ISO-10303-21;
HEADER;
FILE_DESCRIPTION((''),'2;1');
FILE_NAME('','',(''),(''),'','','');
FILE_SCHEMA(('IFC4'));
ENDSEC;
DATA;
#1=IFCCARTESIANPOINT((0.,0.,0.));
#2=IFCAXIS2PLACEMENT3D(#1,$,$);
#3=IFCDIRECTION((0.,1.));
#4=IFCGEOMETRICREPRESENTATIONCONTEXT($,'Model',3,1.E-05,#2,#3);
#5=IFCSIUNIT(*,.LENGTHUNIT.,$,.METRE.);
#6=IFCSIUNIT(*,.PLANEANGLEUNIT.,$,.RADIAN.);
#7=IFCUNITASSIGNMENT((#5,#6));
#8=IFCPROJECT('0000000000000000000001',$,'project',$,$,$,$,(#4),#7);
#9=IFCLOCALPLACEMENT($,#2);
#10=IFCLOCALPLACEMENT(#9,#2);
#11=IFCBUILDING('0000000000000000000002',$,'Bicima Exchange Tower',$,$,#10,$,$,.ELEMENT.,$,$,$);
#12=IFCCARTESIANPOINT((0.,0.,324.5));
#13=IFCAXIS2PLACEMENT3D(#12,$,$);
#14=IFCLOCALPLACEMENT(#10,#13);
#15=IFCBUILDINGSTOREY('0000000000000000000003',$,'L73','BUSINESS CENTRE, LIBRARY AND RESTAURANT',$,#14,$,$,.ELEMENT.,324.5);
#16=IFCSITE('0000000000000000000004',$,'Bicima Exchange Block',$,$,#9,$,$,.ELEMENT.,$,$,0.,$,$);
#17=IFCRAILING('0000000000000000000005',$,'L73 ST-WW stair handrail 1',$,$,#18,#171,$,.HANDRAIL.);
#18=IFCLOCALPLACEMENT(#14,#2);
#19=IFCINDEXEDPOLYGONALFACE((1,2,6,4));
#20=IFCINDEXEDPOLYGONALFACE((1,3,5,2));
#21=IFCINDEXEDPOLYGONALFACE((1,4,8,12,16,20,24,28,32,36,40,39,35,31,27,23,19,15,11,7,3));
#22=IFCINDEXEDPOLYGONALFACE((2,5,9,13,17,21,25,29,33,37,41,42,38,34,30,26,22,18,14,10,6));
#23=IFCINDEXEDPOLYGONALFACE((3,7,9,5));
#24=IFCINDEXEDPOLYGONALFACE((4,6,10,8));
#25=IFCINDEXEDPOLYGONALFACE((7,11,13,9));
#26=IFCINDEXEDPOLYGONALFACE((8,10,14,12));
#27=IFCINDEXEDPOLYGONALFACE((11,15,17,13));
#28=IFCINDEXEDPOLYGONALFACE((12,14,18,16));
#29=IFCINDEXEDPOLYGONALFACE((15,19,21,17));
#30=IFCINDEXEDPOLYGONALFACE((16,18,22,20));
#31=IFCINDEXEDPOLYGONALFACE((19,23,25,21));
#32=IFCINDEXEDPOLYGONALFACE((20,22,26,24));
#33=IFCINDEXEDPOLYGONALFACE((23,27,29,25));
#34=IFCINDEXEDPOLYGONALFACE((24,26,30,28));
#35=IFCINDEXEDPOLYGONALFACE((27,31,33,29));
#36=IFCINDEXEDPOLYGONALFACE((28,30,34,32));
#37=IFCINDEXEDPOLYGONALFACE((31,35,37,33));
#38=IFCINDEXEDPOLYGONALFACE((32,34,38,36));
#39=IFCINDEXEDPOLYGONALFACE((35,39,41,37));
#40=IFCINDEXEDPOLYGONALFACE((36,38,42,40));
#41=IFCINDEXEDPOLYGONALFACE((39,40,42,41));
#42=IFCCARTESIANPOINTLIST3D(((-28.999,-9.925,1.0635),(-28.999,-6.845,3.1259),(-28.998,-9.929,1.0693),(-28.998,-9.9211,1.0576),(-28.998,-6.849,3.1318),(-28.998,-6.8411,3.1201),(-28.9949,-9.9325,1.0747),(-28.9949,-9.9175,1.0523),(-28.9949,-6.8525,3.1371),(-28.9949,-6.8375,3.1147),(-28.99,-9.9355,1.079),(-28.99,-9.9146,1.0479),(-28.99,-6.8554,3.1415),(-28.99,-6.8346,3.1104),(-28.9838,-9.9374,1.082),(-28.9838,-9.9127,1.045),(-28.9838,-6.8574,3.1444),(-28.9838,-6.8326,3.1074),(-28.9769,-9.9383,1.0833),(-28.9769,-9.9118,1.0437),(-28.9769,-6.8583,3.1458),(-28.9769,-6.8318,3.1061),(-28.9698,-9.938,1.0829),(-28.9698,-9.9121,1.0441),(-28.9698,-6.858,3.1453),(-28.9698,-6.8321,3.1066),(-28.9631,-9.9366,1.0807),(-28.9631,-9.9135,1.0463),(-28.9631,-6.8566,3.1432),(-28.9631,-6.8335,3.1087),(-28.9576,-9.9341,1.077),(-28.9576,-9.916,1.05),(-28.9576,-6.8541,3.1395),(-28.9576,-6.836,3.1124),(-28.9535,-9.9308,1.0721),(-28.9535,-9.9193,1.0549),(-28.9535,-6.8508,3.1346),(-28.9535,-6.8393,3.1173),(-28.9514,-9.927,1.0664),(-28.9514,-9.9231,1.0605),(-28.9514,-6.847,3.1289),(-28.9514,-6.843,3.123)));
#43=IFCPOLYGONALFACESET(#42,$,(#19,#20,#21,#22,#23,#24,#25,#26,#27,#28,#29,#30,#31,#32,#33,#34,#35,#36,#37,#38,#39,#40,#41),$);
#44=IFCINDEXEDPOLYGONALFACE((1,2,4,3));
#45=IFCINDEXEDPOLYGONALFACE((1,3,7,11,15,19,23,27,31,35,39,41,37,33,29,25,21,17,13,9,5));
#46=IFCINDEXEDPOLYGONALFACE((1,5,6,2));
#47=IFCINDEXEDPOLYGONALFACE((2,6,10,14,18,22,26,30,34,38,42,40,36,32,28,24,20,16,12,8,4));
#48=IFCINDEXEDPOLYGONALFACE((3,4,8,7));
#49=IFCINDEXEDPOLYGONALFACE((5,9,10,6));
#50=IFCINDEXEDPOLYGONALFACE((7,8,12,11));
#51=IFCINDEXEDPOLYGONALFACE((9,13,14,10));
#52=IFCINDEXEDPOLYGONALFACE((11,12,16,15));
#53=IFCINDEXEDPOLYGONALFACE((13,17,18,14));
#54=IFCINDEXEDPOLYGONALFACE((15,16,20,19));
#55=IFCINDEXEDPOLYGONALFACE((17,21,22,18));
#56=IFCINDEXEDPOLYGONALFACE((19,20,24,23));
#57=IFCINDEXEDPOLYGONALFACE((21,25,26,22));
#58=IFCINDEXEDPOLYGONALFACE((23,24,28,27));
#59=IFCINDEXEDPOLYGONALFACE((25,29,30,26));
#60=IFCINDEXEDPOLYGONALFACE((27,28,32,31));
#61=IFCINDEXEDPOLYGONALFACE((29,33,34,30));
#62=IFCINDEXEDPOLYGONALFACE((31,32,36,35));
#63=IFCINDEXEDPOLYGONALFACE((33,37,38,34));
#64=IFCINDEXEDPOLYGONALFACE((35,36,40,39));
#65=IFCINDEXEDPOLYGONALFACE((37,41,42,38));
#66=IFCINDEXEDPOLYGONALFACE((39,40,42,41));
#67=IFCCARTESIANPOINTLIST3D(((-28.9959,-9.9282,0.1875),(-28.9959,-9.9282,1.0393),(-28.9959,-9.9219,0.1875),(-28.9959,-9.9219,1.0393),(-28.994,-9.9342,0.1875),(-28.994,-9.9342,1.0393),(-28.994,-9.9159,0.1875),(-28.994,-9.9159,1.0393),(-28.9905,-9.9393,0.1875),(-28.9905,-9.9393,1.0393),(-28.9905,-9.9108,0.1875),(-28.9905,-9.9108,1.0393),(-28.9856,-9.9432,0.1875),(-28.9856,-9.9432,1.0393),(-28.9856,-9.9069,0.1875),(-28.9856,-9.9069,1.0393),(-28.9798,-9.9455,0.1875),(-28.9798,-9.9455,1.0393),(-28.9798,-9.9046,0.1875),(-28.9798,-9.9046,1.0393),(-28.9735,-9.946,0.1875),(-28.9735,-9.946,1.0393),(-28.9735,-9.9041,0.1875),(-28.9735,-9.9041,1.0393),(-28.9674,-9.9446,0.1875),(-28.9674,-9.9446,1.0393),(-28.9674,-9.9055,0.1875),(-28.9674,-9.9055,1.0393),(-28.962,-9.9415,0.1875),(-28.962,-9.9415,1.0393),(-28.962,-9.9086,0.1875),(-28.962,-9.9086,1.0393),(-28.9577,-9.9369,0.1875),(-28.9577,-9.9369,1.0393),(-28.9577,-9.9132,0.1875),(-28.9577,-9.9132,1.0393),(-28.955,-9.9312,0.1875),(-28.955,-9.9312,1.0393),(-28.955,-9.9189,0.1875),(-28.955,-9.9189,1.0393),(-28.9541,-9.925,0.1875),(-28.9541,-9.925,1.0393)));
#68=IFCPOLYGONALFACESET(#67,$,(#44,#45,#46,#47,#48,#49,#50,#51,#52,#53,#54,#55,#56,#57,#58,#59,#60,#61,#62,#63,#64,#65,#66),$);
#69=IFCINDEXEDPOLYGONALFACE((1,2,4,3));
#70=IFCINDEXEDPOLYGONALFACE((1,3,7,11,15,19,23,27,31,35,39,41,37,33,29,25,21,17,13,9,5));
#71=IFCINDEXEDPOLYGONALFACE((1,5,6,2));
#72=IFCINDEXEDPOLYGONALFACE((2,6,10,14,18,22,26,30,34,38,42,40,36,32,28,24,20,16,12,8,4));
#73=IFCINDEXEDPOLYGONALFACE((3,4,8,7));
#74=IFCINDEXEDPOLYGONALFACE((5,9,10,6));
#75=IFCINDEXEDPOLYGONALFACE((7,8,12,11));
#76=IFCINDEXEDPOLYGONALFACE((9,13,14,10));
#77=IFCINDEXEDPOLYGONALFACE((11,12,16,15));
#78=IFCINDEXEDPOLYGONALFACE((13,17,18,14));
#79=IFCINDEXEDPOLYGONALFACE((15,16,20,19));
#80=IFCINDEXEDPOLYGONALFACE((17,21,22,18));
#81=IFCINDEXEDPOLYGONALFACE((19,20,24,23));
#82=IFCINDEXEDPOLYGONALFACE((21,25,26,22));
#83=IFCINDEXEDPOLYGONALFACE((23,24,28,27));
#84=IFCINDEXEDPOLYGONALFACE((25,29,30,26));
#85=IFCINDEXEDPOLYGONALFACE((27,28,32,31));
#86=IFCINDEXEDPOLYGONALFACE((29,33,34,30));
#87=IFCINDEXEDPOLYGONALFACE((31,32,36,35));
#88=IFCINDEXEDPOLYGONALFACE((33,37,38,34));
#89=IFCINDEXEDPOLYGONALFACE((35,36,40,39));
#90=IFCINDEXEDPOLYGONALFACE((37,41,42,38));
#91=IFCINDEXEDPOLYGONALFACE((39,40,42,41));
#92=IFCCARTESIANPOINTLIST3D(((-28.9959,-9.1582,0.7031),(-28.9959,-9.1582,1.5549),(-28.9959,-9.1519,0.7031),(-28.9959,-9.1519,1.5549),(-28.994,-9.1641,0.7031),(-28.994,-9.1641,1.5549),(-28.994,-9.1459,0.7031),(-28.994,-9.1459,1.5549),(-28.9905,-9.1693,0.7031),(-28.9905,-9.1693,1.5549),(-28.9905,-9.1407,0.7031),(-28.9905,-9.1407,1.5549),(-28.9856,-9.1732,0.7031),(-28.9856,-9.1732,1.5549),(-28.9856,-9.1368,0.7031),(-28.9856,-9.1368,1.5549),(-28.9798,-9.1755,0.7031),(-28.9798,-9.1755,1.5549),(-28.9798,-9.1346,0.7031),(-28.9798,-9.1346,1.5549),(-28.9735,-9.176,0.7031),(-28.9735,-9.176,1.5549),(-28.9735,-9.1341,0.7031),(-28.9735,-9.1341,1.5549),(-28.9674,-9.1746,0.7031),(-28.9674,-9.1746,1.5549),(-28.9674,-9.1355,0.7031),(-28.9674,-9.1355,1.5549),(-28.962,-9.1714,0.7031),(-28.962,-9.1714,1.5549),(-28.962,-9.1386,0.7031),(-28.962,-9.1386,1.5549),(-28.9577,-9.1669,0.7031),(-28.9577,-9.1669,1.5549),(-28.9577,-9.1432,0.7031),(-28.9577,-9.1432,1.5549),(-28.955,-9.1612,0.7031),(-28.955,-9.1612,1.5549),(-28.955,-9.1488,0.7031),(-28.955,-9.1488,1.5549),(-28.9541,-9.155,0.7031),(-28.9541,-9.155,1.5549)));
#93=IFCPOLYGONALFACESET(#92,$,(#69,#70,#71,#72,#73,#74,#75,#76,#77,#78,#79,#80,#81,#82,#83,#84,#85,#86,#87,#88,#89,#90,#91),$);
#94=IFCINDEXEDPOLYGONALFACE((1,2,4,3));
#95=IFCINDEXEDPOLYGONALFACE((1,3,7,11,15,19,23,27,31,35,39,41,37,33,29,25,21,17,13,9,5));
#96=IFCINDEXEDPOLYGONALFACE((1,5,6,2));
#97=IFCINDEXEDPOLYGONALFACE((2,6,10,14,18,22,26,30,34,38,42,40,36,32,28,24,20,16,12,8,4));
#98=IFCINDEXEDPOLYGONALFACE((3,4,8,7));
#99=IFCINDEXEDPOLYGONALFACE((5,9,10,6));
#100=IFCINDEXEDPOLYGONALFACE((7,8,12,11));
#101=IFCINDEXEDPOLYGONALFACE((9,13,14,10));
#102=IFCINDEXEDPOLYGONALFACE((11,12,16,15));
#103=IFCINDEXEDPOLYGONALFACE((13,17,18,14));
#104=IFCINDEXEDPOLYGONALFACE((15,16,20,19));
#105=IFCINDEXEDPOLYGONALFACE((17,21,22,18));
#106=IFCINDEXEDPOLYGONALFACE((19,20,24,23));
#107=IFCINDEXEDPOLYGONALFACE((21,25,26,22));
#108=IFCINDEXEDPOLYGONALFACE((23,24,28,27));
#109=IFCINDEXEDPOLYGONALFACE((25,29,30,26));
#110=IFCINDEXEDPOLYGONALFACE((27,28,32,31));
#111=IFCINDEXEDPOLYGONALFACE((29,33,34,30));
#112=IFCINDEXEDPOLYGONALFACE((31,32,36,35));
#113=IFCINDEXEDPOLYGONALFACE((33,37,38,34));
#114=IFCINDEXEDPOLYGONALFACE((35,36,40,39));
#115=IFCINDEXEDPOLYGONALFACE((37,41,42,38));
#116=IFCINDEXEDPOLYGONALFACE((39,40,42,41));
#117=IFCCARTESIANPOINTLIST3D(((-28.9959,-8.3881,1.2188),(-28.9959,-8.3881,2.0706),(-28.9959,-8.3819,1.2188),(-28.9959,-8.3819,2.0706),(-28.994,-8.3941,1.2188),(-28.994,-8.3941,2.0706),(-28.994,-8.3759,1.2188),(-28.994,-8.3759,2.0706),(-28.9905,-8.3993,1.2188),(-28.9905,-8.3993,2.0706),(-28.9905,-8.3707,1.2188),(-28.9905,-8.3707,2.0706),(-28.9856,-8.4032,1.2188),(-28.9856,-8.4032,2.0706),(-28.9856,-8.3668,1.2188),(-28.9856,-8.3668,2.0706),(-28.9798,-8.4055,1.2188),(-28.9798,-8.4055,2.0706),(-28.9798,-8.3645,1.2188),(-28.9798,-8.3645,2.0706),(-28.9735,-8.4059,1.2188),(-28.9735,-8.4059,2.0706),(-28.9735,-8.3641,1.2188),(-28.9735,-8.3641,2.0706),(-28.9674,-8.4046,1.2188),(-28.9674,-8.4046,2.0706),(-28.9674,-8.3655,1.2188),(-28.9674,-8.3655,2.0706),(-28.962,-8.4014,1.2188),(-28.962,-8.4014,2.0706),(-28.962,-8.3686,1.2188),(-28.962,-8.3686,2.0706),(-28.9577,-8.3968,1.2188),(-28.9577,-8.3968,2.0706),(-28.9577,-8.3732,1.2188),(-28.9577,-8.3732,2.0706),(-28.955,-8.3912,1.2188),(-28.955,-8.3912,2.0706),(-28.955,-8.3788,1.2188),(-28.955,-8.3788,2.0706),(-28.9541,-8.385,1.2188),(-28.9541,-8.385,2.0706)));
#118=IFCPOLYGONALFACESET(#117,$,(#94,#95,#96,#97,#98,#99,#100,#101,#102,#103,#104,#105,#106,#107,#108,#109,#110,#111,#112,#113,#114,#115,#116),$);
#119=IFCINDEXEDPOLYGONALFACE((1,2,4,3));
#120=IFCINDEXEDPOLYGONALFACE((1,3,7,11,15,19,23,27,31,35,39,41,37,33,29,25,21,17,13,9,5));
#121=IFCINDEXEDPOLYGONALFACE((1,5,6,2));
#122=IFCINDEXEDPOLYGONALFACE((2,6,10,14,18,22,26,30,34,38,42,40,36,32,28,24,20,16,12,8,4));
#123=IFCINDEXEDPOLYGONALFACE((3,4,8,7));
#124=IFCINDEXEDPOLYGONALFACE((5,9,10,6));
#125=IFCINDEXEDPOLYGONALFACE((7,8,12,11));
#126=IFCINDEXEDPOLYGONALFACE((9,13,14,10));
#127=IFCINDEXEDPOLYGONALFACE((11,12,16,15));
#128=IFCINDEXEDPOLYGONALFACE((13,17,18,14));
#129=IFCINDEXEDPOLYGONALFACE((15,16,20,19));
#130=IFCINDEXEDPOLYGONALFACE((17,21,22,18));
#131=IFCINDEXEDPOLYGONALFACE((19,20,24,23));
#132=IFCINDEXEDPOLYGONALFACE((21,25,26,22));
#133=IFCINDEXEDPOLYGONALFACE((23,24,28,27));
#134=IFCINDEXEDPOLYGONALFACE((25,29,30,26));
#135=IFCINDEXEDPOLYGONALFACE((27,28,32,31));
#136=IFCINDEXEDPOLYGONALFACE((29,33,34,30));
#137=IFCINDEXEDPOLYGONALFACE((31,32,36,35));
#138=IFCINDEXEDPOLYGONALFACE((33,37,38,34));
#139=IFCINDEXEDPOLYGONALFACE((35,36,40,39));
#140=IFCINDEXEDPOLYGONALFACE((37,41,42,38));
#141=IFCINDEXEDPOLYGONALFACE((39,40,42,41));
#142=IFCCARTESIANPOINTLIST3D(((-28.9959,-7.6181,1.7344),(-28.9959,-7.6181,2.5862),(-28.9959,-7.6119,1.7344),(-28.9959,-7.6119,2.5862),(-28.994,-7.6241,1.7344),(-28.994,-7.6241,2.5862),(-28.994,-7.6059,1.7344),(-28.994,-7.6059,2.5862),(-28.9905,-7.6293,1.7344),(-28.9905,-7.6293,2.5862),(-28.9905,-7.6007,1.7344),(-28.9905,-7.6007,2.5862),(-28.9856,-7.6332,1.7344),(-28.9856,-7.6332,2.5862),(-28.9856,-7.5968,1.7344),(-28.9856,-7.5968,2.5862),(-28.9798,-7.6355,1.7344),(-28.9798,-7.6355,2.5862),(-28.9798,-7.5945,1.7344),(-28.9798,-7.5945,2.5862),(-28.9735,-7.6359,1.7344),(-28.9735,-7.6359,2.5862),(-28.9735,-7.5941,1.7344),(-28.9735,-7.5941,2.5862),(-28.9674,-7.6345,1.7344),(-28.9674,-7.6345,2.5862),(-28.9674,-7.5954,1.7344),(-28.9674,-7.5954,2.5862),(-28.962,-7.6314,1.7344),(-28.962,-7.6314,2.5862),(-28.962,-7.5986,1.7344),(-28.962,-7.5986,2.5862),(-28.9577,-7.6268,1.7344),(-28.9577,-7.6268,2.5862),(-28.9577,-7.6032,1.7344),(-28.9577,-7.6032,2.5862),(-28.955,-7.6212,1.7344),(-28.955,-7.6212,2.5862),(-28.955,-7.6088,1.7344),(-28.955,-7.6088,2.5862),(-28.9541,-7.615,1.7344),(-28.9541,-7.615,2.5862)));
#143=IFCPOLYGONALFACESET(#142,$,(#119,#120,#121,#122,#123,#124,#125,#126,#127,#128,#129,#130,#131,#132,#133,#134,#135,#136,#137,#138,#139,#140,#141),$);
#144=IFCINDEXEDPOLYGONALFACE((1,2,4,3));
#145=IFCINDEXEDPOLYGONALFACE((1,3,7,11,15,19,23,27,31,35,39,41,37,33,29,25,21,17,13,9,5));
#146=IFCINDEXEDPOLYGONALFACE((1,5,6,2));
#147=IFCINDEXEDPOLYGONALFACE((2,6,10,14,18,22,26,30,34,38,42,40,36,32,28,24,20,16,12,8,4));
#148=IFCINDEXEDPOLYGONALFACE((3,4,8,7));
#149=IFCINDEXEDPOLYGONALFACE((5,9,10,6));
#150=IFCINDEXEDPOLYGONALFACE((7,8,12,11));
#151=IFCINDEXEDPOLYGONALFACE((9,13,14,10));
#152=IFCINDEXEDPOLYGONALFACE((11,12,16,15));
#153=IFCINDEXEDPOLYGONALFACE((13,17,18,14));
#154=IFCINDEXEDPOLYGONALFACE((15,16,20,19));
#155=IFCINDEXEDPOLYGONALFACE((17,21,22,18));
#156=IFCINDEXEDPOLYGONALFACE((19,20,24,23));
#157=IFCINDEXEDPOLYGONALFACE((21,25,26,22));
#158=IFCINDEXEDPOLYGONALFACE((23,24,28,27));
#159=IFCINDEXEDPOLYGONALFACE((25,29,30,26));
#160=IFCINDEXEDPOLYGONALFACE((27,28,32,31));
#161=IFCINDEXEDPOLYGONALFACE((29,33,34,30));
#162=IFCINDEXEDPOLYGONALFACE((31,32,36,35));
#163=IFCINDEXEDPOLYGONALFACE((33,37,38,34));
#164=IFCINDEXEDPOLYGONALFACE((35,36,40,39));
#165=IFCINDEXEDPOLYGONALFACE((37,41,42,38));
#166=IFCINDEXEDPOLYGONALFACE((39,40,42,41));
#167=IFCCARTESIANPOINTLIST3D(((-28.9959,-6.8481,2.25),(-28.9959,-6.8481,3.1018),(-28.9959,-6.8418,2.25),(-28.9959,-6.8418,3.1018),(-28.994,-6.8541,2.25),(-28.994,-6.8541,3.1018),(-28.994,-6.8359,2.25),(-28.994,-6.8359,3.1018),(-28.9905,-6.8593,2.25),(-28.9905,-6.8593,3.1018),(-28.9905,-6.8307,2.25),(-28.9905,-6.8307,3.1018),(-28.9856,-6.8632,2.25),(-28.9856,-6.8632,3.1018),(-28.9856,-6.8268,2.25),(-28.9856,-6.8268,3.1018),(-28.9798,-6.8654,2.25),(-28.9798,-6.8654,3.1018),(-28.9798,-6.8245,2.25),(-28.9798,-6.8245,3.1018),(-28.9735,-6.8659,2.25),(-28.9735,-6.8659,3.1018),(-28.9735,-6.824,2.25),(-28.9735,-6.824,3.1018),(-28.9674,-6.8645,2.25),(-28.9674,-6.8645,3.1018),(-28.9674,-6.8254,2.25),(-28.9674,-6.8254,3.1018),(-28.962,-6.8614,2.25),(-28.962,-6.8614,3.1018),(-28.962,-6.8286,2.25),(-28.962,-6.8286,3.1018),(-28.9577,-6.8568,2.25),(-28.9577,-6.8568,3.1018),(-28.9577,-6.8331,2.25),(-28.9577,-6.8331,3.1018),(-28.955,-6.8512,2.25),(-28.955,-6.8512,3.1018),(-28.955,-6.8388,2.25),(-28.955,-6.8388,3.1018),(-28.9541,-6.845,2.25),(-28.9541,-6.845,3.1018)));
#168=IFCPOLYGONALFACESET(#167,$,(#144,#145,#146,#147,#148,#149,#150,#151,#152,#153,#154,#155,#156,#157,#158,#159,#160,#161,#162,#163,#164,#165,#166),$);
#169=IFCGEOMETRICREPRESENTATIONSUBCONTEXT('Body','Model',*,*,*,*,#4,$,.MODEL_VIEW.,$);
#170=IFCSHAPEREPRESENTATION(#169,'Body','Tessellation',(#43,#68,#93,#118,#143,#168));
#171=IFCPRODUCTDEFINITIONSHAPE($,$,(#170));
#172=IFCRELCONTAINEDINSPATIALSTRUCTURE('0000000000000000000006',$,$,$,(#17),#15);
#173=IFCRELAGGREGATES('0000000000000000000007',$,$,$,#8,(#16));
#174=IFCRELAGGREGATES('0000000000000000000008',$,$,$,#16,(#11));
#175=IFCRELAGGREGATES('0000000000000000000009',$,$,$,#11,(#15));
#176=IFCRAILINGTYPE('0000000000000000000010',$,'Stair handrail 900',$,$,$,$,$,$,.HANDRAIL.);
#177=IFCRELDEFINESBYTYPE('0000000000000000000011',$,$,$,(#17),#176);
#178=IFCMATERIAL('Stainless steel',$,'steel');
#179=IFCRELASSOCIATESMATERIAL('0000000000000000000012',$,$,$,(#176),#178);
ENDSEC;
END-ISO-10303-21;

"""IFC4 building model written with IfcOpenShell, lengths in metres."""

from ifc_helpers import new_model, si_unit, direction, frame, origin, origin_2d, place, context, subcontext, project, spatial, circle, extrude, material, type_object, element, save


model = new_model("IFC4")

# Units and contexts
model_context = context("Model", 3, precision=1e-05, world=origin(), true_north=direction((0.0, 1.0)))
body_context = subcontext(model_context, "Body", "Model", "MODEL_VIEW")
ifc_project = project(units=[si_unit("LENGTHUNIT", "METRE"), si_unit("PLANEANGLEUNIT", "RADIAN")], contexts=[model_context])

# Site, building, storey
site_placement = place(None, origin())
site = spatial("IfcSite", under=ifc_project, at=site_placement, Name="Bicima Exchange Block", CompositionType="ELEMENT", RefElevation=0.0)
building_placement = place(site_placement, origin())
building = spatial("IfcBuilding", under=site, at=building_placement, Name="Bicima Exchange Tower", CompositionType="ELEMENT")
storey_placement = place(building_placement, frame((0.0, 0.0, 324.5)))
storey = spatial("IfcBuildingStorey", under=building, at=storey_placement, Name="L73", Description="BUSINESS CENTRE, LIBRARY AND RESTAURANT", CompositionType="ELEMENT", Elevation=324.5)

# Railing
ifc_material_1 = material(Name="Stainless steel", Category="steel")
railing_type_1 = type_object("IfcRailingType", Name="Stair handrail 900", PredefinedType="HANDRAIL", material=ifc_material_1)
railing_1_placement = place(storey_placement, frame((-28.9751, -9.925, 0.1875)))
element("IfcRailing", 1, at=railing_1_placement, inside=storey, type_object=railing_type_1, Name="L73 ST-WW stair handrail 1", PredefinedType="HANDRAIL", context=body_context, shape_type="SweptSolid", body=[
    extrude(circle(Radius=0.0239, at=origin_2d()), frame((0.0, 0.0, 0.876), z_axis=(0.0, 0.830914, 0.556401), x_axis=(-1.0, 0.0, 0.0)), (0.0, 0.0, 1.0), 3.7068),
    extrude(circle(Radius=0.021, at=origin_2d()), origin(), (0.0, 0.0, 1.0), 0.8518),
    extrude(circle(Radius=0.021, at=origin_2d()), frame((0.0, 0.77, 0.5156)), (0.0, 0.0, 1.0), 0.8518),
    extrude(circle(Radius=0.021, at=origin_2d()), frame((0.0, 1.54, 1.0312)), (0.0, 0.0, 1.0), 0.8518),
    extrude(circle(Radius=0.021, at=origin_2d()), frame((0.0, 2.3101, 1.5469)), (0.0, 0.0, 1.0), 0.8518),
    extrude(circle(Radius=0.021, at=origin_2d()), frame((0.0, 3.0801, 2.0625)), (0.0, 0.0, 1.0), 0.8518),
])

save(model, "model.ifc")
